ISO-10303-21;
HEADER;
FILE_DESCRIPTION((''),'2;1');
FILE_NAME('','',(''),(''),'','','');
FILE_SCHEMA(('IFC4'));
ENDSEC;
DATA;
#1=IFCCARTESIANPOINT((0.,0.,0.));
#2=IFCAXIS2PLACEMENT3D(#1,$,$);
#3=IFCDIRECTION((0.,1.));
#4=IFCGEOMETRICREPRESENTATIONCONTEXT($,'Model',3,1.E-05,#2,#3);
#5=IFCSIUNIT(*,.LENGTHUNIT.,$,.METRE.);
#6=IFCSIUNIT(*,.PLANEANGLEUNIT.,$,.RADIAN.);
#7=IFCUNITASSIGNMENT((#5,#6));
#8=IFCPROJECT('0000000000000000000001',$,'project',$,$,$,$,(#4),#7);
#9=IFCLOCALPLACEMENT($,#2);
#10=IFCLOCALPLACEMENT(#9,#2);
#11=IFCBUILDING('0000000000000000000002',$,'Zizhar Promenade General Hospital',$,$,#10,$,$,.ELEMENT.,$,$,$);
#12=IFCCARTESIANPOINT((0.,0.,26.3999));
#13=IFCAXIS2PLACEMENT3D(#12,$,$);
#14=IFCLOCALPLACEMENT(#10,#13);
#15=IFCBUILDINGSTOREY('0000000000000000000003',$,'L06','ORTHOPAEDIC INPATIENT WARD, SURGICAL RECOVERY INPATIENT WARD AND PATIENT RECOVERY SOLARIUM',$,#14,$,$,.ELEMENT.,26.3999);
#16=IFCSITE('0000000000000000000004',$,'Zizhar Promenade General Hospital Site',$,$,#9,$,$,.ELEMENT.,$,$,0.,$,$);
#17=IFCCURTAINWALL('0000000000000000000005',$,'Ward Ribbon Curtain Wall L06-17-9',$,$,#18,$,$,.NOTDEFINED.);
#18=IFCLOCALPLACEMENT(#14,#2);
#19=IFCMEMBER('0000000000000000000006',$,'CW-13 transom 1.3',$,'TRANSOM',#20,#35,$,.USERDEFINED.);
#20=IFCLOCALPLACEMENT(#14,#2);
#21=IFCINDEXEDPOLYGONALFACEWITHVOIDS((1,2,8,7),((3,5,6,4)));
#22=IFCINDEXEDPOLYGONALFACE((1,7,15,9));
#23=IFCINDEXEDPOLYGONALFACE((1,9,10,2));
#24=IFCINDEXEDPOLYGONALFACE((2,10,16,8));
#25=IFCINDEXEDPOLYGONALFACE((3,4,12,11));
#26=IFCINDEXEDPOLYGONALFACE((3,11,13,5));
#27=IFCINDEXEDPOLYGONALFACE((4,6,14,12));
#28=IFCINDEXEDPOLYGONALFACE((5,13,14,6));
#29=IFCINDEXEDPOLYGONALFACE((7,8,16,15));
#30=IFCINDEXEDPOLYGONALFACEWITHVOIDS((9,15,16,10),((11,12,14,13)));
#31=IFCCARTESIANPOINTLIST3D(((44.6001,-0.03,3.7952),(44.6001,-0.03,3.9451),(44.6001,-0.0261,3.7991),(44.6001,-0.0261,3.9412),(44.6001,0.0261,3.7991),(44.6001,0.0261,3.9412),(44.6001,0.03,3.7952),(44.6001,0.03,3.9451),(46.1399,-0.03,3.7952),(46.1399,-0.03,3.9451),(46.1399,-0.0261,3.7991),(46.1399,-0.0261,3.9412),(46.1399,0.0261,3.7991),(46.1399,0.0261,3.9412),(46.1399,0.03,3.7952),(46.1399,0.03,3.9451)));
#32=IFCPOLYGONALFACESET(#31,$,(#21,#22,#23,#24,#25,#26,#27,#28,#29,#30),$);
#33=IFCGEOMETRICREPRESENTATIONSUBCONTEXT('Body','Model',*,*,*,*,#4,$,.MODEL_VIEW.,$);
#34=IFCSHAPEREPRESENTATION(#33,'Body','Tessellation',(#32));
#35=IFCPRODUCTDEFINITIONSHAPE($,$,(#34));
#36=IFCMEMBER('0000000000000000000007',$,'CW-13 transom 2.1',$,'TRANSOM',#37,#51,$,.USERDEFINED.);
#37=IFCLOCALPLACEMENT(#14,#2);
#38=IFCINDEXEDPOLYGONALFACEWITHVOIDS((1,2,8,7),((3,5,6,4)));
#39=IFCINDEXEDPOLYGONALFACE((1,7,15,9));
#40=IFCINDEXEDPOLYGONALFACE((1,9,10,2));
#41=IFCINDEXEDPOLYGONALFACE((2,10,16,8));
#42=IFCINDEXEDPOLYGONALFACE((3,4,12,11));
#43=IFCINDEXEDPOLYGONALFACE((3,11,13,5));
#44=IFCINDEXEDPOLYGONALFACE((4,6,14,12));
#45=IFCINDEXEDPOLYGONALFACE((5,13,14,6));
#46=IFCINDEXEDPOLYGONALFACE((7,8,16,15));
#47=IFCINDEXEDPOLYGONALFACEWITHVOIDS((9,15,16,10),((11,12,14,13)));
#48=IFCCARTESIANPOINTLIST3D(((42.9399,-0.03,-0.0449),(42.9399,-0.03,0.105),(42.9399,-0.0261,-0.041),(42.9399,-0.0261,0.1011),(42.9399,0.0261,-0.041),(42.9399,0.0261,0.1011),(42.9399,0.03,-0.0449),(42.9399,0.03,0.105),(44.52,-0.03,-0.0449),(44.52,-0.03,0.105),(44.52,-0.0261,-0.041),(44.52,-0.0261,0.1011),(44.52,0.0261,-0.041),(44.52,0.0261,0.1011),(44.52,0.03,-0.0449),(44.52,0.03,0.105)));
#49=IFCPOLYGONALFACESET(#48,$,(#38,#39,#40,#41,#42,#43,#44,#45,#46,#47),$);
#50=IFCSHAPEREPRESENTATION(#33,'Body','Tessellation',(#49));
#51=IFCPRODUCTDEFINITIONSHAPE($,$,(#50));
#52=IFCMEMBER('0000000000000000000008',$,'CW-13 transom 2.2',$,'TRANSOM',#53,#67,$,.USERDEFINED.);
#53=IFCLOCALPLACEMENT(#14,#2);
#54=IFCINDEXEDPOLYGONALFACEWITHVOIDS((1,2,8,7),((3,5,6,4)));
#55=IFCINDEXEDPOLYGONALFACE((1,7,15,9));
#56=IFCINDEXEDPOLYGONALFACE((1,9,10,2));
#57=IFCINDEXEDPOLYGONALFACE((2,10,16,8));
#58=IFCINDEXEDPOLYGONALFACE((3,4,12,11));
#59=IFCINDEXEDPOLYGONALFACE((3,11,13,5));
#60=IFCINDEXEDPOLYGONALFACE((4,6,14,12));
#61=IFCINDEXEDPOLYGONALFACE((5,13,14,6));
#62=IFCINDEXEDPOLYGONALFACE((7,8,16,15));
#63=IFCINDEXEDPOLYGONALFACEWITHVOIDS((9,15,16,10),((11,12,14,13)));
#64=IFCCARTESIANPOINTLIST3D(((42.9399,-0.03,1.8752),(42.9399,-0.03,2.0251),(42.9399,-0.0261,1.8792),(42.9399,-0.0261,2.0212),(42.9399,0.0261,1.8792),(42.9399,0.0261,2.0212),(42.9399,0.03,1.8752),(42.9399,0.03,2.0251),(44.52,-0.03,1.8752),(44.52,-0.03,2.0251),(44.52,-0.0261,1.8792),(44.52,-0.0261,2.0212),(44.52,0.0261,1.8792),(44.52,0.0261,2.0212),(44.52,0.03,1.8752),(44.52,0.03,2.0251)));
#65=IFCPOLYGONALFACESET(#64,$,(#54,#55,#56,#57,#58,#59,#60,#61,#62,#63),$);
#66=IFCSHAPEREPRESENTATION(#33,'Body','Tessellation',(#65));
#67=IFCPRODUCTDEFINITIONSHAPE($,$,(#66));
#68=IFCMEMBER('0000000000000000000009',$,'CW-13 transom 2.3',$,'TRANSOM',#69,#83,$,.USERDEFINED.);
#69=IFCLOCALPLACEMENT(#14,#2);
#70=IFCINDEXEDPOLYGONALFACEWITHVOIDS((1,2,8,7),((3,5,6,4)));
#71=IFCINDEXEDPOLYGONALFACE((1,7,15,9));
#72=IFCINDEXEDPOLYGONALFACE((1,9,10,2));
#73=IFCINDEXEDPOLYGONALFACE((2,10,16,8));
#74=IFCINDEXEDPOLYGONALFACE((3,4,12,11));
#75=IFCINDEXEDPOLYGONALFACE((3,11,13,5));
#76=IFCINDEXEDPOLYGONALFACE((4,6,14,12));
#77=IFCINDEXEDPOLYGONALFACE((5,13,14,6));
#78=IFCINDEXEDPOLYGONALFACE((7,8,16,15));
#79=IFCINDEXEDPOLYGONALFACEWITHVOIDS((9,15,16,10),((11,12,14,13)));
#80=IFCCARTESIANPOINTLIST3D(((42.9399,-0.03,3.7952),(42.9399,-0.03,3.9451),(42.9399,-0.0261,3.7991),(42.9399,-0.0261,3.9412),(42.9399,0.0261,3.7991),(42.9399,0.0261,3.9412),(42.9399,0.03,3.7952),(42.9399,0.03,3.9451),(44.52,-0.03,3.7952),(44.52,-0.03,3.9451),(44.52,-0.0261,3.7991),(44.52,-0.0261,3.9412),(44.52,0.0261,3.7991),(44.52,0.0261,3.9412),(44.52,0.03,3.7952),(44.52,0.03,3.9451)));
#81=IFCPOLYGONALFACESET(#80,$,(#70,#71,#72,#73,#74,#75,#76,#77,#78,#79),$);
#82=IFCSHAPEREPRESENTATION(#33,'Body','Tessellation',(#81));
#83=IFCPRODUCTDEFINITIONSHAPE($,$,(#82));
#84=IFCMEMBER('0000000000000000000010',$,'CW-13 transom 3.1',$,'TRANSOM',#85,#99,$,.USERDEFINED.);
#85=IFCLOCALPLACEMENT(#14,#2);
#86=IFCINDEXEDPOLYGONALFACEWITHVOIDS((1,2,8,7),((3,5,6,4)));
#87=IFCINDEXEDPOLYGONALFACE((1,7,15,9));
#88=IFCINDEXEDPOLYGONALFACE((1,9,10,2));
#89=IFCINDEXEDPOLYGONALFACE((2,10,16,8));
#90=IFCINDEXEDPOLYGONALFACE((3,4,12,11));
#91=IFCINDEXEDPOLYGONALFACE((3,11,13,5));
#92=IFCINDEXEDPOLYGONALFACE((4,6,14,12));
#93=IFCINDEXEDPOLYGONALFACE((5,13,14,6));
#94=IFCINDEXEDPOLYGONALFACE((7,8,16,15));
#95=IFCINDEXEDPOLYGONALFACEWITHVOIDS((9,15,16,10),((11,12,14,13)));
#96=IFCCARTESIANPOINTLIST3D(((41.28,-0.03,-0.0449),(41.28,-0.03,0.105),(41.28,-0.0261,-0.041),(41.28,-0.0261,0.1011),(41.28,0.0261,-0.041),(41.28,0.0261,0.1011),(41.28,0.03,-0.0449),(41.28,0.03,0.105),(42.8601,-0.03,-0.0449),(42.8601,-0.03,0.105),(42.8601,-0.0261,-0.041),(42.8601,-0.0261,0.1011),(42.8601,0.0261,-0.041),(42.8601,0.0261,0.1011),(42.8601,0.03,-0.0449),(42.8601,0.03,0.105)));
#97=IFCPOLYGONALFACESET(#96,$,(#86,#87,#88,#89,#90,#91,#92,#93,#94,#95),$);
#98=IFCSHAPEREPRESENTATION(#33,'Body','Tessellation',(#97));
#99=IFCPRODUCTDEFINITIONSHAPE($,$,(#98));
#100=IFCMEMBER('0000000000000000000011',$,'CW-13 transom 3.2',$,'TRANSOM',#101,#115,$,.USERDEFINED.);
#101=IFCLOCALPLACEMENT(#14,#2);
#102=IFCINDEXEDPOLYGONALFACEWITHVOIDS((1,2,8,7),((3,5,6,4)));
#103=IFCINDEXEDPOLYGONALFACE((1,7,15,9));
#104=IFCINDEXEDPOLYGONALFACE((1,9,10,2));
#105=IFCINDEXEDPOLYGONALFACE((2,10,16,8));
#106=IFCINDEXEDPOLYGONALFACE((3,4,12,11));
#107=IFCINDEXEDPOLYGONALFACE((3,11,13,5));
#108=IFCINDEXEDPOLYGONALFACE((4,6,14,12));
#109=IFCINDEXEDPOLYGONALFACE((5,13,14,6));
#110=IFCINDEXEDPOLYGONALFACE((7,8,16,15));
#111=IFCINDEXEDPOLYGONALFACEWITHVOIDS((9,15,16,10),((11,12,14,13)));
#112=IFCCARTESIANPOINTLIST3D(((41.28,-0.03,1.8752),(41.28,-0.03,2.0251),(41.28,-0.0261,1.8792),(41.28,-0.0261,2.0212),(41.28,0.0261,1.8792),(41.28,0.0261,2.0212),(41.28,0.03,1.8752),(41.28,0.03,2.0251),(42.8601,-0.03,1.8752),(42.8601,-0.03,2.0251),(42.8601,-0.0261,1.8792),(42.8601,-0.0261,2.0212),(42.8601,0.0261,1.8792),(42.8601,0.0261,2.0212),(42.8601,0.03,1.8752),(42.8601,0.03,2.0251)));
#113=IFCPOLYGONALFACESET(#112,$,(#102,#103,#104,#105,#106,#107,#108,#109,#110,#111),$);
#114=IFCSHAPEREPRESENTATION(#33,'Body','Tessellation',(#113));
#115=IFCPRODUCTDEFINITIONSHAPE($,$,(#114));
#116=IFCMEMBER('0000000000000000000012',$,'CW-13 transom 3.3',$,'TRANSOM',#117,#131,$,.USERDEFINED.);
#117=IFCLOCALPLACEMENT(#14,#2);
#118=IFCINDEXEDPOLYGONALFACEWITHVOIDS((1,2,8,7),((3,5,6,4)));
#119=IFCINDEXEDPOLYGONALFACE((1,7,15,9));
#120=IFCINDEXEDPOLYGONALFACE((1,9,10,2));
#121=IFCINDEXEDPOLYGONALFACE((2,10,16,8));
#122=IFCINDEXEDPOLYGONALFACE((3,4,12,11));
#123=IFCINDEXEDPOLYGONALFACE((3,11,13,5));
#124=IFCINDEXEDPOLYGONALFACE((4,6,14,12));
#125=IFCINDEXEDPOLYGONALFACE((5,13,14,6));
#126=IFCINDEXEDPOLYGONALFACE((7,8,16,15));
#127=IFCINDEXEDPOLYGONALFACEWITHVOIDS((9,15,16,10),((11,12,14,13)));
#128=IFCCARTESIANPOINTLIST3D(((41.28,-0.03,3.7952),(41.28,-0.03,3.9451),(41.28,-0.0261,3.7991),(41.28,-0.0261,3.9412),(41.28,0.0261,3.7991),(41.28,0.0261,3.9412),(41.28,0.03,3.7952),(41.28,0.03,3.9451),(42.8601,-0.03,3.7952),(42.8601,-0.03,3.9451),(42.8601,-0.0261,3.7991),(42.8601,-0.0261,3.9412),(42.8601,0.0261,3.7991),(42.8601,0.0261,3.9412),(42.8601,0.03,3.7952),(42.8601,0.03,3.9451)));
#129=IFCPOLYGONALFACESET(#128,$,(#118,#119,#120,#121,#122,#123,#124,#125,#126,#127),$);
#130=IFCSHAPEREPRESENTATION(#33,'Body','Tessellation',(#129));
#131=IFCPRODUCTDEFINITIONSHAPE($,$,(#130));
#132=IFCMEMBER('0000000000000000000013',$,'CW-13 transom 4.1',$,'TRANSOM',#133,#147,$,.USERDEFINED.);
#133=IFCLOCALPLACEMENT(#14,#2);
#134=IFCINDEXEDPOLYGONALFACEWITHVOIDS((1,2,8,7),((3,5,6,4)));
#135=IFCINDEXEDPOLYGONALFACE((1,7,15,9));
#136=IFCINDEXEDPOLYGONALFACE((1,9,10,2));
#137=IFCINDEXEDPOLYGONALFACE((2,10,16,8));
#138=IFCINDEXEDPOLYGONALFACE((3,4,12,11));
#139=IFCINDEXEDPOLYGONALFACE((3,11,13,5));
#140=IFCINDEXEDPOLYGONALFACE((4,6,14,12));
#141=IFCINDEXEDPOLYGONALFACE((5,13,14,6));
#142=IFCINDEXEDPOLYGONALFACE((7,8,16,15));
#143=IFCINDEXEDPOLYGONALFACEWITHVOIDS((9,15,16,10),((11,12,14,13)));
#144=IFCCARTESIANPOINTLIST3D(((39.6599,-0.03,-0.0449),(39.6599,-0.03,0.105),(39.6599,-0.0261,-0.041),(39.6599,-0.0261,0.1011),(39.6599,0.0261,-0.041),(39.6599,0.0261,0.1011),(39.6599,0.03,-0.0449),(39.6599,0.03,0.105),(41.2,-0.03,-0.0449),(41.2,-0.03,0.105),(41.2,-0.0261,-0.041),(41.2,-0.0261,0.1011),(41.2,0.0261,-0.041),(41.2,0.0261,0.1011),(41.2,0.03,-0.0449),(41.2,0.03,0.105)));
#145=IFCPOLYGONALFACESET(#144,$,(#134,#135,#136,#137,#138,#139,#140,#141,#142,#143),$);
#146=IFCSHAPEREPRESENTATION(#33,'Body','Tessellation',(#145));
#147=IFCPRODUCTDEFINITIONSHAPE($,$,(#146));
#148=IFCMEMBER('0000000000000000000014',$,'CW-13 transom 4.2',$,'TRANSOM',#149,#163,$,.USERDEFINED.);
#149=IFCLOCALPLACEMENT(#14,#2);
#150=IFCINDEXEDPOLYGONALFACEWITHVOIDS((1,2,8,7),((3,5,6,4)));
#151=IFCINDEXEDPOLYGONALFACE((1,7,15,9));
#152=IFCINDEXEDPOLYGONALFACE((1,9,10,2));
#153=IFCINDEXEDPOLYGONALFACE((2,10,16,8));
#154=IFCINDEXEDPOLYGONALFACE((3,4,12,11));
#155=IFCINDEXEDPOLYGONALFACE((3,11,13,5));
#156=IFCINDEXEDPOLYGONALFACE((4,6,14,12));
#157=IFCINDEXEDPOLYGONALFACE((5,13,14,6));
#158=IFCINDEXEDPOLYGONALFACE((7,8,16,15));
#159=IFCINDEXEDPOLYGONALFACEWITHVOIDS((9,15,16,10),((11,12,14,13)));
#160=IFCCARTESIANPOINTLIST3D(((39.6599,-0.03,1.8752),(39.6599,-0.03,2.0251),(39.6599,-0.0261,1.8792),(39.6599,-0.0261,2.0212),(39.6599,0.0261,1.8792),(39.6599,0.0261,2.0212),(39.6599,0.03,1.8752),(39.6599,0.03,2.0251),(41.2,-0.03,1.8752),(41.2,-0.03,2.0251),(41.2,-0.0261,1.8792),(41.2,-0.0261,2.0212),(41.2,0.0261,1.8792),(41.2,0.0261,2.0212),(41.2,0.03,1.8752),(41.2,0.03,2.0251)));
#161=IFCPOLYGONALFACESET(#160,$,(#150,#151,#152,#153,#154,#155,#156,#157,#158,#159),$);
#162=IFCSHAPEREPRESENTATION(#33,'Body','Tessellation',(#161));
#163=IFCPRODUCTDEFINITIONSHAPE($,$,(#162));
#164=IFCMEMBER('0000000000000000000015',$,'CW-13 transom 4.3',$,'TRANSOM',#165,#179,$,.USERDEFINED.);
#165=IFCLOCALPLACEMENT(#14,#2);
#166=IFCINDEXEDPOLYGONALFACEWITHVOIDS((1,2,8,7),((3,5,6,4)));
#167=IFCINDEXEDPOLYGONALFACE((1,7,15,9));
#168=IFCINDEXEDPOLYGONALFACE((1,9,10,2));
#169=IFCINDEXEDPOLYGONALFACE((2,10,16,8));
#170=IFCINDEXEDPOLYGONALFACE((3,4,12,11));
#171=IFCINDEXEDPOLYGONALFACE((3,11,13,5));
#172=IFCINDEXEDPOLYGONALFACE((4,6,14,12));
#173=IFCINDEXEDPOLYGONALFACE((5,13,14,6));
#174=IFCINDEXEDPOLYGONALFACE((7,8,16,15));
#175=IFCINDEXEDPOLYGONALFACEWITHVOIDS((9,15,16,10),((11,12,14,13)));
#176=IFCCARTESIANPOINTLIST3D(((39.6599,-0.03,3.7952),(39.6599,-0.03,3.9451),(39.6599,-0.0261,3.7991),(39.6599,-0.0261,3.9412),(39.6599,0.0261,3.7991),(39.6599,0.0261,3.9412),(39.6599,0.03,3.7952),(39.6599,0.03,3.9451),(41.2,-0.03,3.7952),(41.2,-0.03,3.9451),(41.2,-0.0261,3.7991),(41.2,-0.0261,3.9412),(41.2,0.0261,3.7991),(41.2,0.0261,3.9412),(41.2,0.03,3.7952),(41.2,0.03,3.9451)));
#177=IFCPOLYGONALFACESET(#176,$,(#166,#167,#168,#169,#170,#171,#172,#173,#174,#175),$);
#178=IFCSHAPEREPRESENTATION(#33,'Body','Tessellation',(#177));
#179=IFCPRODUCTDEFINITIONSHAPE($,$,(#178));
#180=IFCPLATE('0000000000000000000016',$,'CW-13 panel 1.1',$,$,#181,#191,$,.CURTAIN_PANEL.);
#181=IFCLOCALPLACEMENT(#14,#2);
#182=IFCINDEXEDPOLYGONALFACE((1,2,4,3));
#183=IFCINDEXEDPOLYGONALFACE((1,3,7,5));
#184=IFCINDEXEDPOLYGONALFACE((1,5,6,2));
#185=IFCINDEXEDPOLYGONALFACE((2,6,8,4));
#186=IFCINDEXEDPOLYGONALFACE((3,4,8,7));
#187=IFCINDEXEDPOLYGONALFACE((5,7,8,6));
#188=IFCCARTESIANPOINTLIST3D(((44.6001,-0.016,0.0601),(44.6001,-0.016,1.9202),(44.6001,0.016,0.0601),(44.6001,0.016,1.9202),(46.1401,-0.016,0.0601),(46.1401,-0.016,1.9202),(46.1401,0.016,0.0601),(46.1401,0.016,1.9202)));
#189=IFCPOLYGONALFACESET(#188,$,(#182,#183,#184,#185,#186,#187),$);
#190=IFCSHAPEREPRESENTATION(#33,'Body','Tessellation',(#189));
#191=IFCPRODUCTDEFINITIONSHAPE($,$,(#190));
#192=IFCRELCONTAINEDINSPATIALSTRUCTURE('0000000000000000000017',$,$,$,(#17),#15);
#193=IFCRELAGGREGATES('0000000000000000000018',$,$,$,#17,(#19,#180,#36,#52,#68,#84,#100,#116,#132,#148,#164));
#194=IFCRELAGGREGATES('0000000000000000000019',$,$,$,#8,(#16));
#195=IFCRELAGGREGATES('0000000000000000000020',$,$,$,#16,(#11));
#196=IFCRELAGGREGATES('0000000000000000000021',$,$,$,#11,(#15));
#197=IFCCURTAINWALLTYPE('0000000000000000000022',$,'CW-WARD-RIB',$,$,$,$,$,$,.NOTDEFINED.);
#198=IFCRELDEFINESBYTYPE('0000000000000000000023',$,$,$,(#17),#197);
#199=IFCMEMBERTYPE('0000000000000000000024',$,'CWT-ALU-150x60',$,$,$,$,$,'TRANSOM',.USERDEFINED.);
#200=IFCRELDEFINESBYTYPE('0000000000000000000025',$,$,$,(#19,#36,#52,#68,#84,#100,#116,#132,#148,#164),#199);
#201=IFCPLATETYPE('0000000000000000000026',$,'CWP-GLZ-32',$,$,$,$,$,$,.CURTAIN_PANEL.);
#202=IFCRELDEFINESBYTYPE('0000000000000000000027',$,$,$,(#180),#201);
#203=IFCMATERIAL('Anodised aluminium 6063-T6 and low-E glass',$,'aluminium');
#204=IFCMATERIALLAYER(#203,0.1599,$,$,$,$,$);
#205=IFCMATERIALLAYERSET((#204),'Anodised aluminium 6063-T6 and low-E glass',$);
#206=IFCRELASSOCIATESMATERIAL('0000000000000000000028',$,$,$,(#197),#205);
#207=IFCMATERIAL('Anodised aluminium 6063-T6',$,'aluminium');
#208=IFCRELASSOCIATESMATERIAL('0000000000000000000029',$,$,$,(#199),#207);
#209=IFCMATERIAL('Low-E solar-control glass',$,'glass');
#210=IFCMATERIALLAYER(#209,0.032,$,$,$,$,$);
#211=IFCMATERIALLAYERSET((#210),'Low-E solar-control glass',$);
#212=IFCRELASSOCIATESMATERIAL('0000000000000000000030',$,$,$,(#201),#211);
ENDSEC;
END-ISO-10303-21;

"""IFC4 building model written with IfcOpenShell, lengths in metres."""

from ifc_helpers import new_model, si_unit, direction, frame, origin, origin_2d, place, context, subcontext, project, spatial, rectangle, hollow_rectangle, extrude, material, layer, layer_set, material_profile, profile_set, type_object, element, aggregate, save


model = new_model("IFC4")

# Units and contexts
model_context = context("Model", 3, precision=1e-05, world=origin(), true_north=direction((0.0, 1.0)))
body_context = subcontext(model_context, "Body", "Model", "MODEL_VIEW")
ifc_project = project(units=[si_unit("LENGTHUNIT", "METRE"), si_unit("PLANEANGLEUNIT", "RADIAN")], contexts=[model_context])

# Site, building, storey
site_placement = place(None, origin())
site = spatial("IfcSite", under=ifc_project, at=site_placement, Name="Zizhar Promenade General Hospital Site", CompositionType="ELEMENT", RefElevation=0.0)
building_placement = place(site_placement, origin())
building = spatial("IfcBuilding", under=site, at=building_placement, Name="Zizhar Promenade General Hospital", CompositionType="ELEMENT")
storey_placement = place(building_placement, frame((0.0, 0.0, 26.3999)))
storey = spatial("IfcBuildingStorey", under=building, at=storey_placement, Name="L06", Description="ORTHOPAEDIC INPATIENT WARD, SURGICAL RECOVERY INPATIENT WARD AND PATIENT RECOVERY SOLARIUM", CompositionType="ELEMENT", Elevation=26.3999)

# Curtain wall, members, plate
ifc_material_1 = material(Name="Anodised aluminium 6063-T6 and low-E glass", Category="aluminium")
ifc_layer_1 = layer(ifc_material_1, 0.1599)
ifc_layer_set_1 = layer_set([ifc_layer_1], Name="Anodised aluminium 6063-T6 and low-E glass")
curtain_wall_type = type_object("IfcCurtainWallType", Name="CW-WARD-RIB", PredefinedType="NOTDEFINED", material=ifc_layer_set_1)
curtain_wall_placement = place(storey_placement, origin())
curtain_wall = element("IfcCurtainWall", 1, at=curtain_wall_placement, inside=storey, type_object=curtain_wall_type, Name="Ward Ribbon Curtain Wall L06-17-9", PredefinedType="NOTDEFINED")
ifc_material_2 = material(Name="Anodised aluminium 6063-T6", Category="aluminium")
ifc_material_profile_1 = material_profile(ifc_material_2, hollow_rectangle(XDim=0.0601, YDim=0.1499, WallThickness=0.0039, at=origin_2d()))
ifc_profile_set_1 = profile_set([ifc_material_profile_1], Name="Anodised aluminium 6063-T6")
member_type_1 = type_object("IfcMemberType", Name="CWT-ALU-150x60", ElementType="TRANSOM", PredefinedType="USERDEFINED", material=ifc_profile_set_1)
member_1_placement = place(storey_placement, frame((46.1399, 0.0, 3.8701), z_axis=(-1.0, 0.0, 0.0), x_axis=(0.0, -1.0, 0.0)))
member_1 = element("IfcMember", 2, at=member_1_placement, type_object=member_type_1, Name="CW-13 transom 1.3", ObjectType="TRANSOM", PredefinedType="USERDEFINED", context=body_context, shape_type="SweptSolid", body=[
    extrude(hollow_rectangle(XDim=0.0601, YDim=0.1499, WallThickness=0.0039, at=origin_2d()), origin(), (0.0, 0.0, 1.0), 1.5398),
])
member_2_placement = place(storey_placement, frame((44.52, 0.0, 0.03), z_axis=(-1.0, 0.0, 0.0), x_axis=(0.0, -1.0, 0.0)))
member_2 = element("IfcMember", 3, at=member_2_placement, type_object=member_type_1, Name="CW-13 transom 2.1", ObjectType="TRANSOM", PredefinedType="USERDEFINED", context=body_context, shape_type="SweptSolid", body=[
    extrude(hollow_rectangle(XDim=0.0601, YDim=0.1499, WallThickness=0.0039, at=origin_2d()), origin(), (0.0, 0.0, 1.0), 1.5801),
])
member_3_placement = place(storey_placement, frame((44.52, 0.0, 1.9502), z_axis=(-1.0, 0.0, 0.0), x_axis=(0.0, -1.0, 0.0)))
member_3 = element("IfcMember", 4, at=member_3_placement, type_object=member_type_1, Name="CW-13 transom 2.2", ObjectType="TRANSOM", PredefinedType="USERDEFINED", context=body_context, shape_type="SweptSolid", body=[
    extrude(hollow_rectangle(XDim=0.0601, YDim=0.1499, WallThickness=0.0039, at=origin_2d()), origin(), (0.0, 0.0, 1.0), 1.5801),
])
member_4_placement = place(storey_placement, frame((44.52, 0.0, 3.8701), z_axis=(-1.0, 0.0, 0.0), x_axis=(0.0, -1.0, 0.0)))
member_4 = element("IfcMember", 5, at=member_4_placement, type_object=member_type_1, Name="CW-13 transom 2.3", ObjectType="TRANSOM", PredefinedType="USERDEFINED", context=body_context, shape_type="SweptSolid", body=[
    extrude(hollow_rectangle(XDim=0.0601, YDim=0.1499, WallThickness=0.0039, at=origin_2d()), origin(), (0.0, 0.0, 1.0), 1.5801),
])
member_5_placement = place(storey_placement, frame((42.8601, 0.0, 0.03), z_axis=(-1.0, 0.0, 0.0), x_axis=(0.0, -1.0, 0.0)))
member_5 = element("IfcMember", 6, at=member_5_placement, type_object=member_type_1, Name="CW-13 transom 3.1", ObjectType="TRANSOM", PredefinedType="USERDEFINED", context=body_context, shape_type="SweptSolid", body=[
    extrude(hollow_rectangle(XDim=0.0601, YDim=0.1499, WallThickness=0.0039, at=origin_2d()), origin(), (0.0, 0.0, 1.0), 1.5801),
])
member_6_placement = place(storey_placement, frame((42.8601, 0.0, 1.9502), z_axis=(-1.0, 0.0, 0.0), x_axis=(0.0, -1.0, 0.0)))
member_6 = element("IfcMember", 7, at=member_6_placement, type_object=member_type_1, Name="CW-13 transom 3.2", ObjectType="TRANSOM", PredefinedType="USERDEFINED", context=body_context, shape_type="SweptSolid", body=[
    extrude(hollow_rectangle(XDim=0.0601, YDim=0.1499, WallThickness=0.0039, at=origin_2d()), origin(), (0.0, 0.0, 1.0), 1.5801),
])
member_7_placement = place(storey_placement, frame((42.8601, 0.0, 3.8701), z_axis=(-1.0, 0.0, 0.0), x_axis=(0.0, -1.0, 0.0)))
member_7 = element("IfcMember", 8, at=member_7_placement, type_object=member_type_1, Name="CW-13 transom 3.3", ObjectType="TRANSOM", PredefinedType="USERDEFINED", context=body_context, shape_type="SweptSolid", body=[
    extrude(hollow_rectangle(XDim=0.0601, YDim=0.1499, WallThickness=0.0039, at=origin_2d()), origin(), (0.0, 0.0, 1.0), 1.5801),
])
member_8_placement = place(storey_placement, frame((41.2, 0.0, 0.03), z_axis=(-1.0, 0.0, 0.0), x_axis=(0.0, -1.0, 0.0)))
member_8 = element("IfcMember", 9, at=member_8_placement, type_object=member_type_1, Name="CW-13 transom 4.1", ObjectType="TRANSOM", PredefinedType="USERDEFINED", context=body_context, shape_type="SweptSolid", body=[
    extrude(hollow_rectangle(XDim=0.0601, YDim=0.1499, WallThickness=0.0039, at=origin_2d()), origin(), (0.0, 0.0, 1.0), 1.54),
])
member_9_placement = place(storey_placement, frame((41.2, 0.0, 1.9502), z_axis=(-1.0, 0.0, 0.0), x_axis=(0.0, -1.0, 0.0)))
member_9 = element("IfcMember", 10, at=member_9_placement, type_object=member_type_1, Name="CW-13 transom 4.2", ObjectType="TRANSOM", PredefinedType="USERDEFINED", context=body_context, shape_type="SweptSolid", body=[
    extrude(hollow_rectangle(XDim=0.0601, YDim=0.1499, WallThickness=0.0039, at=origin_2d()), origin(), (0.0, 0.0, 1.0), 1.54),
])
member_10_placement = place(storey_placement, frame((41.2, 0.0, 3.8701), z_axis=(-1.0, 0.0, 0.0), x_axis=(0.0, -1.0, 0.0)))
member_10 = element("IfcMember", 11, at=member_10_placement, type_object=member_type_1, Name="CW-13 transom 4.3", ObjectType="TRANSOM", PredefinedType="USERDEFINED", context=body_context, shape_type="SweptSolid", body=[
    extrude(hollow_rectangle(XDim=0.0601, YDim=0.1499, WallThickness=0.0039, at=origin_2d()), origin(), (0.0, 0.0, 1.0), 1.54),
])
ifc_material_3 = material(Name="Low-E solar-control glass", Category="glass")
ifc_layer_2 = layer(ifc_material_3, 0.032)
ifc_layer_set_2 = layer_set([ifc_layer_2], Name="Low-E solar-control glass")
plate_type = type_object("IfcPlateType", Name="CWP-GLZ-32", PredefinedType="CURTAIN_PANEL", material=ifc_layer_set_2)
plate_1_placement = place(storey_placement, frame((45.3701, 0.0, 0.0601), z_axis=(0.0, 0.0, 1.0), x_axis=(-1.0, 0.0, 0.0)))
plate_1 = element("IfcPlate", 12, at=plate_1_placement, type_object=plate_type, Name="CW-13 panel 1.1", PredefinedType="CURTAIN_PANEL", context=body_context, shape_type="SweptSolid", body=[
    extrude(rectangle(XDim=1.54, YDim=0.032, at=origin_2d()), origin(), (0.0, 0.0, 1.0), 1.8601),
])
aggregate(curtain_wall, [member_1, plate_1, member_2, member_3, member_4, member_5, member_6, member_7, member_8, member_9, member_10])

save(model, "model.ifc")
